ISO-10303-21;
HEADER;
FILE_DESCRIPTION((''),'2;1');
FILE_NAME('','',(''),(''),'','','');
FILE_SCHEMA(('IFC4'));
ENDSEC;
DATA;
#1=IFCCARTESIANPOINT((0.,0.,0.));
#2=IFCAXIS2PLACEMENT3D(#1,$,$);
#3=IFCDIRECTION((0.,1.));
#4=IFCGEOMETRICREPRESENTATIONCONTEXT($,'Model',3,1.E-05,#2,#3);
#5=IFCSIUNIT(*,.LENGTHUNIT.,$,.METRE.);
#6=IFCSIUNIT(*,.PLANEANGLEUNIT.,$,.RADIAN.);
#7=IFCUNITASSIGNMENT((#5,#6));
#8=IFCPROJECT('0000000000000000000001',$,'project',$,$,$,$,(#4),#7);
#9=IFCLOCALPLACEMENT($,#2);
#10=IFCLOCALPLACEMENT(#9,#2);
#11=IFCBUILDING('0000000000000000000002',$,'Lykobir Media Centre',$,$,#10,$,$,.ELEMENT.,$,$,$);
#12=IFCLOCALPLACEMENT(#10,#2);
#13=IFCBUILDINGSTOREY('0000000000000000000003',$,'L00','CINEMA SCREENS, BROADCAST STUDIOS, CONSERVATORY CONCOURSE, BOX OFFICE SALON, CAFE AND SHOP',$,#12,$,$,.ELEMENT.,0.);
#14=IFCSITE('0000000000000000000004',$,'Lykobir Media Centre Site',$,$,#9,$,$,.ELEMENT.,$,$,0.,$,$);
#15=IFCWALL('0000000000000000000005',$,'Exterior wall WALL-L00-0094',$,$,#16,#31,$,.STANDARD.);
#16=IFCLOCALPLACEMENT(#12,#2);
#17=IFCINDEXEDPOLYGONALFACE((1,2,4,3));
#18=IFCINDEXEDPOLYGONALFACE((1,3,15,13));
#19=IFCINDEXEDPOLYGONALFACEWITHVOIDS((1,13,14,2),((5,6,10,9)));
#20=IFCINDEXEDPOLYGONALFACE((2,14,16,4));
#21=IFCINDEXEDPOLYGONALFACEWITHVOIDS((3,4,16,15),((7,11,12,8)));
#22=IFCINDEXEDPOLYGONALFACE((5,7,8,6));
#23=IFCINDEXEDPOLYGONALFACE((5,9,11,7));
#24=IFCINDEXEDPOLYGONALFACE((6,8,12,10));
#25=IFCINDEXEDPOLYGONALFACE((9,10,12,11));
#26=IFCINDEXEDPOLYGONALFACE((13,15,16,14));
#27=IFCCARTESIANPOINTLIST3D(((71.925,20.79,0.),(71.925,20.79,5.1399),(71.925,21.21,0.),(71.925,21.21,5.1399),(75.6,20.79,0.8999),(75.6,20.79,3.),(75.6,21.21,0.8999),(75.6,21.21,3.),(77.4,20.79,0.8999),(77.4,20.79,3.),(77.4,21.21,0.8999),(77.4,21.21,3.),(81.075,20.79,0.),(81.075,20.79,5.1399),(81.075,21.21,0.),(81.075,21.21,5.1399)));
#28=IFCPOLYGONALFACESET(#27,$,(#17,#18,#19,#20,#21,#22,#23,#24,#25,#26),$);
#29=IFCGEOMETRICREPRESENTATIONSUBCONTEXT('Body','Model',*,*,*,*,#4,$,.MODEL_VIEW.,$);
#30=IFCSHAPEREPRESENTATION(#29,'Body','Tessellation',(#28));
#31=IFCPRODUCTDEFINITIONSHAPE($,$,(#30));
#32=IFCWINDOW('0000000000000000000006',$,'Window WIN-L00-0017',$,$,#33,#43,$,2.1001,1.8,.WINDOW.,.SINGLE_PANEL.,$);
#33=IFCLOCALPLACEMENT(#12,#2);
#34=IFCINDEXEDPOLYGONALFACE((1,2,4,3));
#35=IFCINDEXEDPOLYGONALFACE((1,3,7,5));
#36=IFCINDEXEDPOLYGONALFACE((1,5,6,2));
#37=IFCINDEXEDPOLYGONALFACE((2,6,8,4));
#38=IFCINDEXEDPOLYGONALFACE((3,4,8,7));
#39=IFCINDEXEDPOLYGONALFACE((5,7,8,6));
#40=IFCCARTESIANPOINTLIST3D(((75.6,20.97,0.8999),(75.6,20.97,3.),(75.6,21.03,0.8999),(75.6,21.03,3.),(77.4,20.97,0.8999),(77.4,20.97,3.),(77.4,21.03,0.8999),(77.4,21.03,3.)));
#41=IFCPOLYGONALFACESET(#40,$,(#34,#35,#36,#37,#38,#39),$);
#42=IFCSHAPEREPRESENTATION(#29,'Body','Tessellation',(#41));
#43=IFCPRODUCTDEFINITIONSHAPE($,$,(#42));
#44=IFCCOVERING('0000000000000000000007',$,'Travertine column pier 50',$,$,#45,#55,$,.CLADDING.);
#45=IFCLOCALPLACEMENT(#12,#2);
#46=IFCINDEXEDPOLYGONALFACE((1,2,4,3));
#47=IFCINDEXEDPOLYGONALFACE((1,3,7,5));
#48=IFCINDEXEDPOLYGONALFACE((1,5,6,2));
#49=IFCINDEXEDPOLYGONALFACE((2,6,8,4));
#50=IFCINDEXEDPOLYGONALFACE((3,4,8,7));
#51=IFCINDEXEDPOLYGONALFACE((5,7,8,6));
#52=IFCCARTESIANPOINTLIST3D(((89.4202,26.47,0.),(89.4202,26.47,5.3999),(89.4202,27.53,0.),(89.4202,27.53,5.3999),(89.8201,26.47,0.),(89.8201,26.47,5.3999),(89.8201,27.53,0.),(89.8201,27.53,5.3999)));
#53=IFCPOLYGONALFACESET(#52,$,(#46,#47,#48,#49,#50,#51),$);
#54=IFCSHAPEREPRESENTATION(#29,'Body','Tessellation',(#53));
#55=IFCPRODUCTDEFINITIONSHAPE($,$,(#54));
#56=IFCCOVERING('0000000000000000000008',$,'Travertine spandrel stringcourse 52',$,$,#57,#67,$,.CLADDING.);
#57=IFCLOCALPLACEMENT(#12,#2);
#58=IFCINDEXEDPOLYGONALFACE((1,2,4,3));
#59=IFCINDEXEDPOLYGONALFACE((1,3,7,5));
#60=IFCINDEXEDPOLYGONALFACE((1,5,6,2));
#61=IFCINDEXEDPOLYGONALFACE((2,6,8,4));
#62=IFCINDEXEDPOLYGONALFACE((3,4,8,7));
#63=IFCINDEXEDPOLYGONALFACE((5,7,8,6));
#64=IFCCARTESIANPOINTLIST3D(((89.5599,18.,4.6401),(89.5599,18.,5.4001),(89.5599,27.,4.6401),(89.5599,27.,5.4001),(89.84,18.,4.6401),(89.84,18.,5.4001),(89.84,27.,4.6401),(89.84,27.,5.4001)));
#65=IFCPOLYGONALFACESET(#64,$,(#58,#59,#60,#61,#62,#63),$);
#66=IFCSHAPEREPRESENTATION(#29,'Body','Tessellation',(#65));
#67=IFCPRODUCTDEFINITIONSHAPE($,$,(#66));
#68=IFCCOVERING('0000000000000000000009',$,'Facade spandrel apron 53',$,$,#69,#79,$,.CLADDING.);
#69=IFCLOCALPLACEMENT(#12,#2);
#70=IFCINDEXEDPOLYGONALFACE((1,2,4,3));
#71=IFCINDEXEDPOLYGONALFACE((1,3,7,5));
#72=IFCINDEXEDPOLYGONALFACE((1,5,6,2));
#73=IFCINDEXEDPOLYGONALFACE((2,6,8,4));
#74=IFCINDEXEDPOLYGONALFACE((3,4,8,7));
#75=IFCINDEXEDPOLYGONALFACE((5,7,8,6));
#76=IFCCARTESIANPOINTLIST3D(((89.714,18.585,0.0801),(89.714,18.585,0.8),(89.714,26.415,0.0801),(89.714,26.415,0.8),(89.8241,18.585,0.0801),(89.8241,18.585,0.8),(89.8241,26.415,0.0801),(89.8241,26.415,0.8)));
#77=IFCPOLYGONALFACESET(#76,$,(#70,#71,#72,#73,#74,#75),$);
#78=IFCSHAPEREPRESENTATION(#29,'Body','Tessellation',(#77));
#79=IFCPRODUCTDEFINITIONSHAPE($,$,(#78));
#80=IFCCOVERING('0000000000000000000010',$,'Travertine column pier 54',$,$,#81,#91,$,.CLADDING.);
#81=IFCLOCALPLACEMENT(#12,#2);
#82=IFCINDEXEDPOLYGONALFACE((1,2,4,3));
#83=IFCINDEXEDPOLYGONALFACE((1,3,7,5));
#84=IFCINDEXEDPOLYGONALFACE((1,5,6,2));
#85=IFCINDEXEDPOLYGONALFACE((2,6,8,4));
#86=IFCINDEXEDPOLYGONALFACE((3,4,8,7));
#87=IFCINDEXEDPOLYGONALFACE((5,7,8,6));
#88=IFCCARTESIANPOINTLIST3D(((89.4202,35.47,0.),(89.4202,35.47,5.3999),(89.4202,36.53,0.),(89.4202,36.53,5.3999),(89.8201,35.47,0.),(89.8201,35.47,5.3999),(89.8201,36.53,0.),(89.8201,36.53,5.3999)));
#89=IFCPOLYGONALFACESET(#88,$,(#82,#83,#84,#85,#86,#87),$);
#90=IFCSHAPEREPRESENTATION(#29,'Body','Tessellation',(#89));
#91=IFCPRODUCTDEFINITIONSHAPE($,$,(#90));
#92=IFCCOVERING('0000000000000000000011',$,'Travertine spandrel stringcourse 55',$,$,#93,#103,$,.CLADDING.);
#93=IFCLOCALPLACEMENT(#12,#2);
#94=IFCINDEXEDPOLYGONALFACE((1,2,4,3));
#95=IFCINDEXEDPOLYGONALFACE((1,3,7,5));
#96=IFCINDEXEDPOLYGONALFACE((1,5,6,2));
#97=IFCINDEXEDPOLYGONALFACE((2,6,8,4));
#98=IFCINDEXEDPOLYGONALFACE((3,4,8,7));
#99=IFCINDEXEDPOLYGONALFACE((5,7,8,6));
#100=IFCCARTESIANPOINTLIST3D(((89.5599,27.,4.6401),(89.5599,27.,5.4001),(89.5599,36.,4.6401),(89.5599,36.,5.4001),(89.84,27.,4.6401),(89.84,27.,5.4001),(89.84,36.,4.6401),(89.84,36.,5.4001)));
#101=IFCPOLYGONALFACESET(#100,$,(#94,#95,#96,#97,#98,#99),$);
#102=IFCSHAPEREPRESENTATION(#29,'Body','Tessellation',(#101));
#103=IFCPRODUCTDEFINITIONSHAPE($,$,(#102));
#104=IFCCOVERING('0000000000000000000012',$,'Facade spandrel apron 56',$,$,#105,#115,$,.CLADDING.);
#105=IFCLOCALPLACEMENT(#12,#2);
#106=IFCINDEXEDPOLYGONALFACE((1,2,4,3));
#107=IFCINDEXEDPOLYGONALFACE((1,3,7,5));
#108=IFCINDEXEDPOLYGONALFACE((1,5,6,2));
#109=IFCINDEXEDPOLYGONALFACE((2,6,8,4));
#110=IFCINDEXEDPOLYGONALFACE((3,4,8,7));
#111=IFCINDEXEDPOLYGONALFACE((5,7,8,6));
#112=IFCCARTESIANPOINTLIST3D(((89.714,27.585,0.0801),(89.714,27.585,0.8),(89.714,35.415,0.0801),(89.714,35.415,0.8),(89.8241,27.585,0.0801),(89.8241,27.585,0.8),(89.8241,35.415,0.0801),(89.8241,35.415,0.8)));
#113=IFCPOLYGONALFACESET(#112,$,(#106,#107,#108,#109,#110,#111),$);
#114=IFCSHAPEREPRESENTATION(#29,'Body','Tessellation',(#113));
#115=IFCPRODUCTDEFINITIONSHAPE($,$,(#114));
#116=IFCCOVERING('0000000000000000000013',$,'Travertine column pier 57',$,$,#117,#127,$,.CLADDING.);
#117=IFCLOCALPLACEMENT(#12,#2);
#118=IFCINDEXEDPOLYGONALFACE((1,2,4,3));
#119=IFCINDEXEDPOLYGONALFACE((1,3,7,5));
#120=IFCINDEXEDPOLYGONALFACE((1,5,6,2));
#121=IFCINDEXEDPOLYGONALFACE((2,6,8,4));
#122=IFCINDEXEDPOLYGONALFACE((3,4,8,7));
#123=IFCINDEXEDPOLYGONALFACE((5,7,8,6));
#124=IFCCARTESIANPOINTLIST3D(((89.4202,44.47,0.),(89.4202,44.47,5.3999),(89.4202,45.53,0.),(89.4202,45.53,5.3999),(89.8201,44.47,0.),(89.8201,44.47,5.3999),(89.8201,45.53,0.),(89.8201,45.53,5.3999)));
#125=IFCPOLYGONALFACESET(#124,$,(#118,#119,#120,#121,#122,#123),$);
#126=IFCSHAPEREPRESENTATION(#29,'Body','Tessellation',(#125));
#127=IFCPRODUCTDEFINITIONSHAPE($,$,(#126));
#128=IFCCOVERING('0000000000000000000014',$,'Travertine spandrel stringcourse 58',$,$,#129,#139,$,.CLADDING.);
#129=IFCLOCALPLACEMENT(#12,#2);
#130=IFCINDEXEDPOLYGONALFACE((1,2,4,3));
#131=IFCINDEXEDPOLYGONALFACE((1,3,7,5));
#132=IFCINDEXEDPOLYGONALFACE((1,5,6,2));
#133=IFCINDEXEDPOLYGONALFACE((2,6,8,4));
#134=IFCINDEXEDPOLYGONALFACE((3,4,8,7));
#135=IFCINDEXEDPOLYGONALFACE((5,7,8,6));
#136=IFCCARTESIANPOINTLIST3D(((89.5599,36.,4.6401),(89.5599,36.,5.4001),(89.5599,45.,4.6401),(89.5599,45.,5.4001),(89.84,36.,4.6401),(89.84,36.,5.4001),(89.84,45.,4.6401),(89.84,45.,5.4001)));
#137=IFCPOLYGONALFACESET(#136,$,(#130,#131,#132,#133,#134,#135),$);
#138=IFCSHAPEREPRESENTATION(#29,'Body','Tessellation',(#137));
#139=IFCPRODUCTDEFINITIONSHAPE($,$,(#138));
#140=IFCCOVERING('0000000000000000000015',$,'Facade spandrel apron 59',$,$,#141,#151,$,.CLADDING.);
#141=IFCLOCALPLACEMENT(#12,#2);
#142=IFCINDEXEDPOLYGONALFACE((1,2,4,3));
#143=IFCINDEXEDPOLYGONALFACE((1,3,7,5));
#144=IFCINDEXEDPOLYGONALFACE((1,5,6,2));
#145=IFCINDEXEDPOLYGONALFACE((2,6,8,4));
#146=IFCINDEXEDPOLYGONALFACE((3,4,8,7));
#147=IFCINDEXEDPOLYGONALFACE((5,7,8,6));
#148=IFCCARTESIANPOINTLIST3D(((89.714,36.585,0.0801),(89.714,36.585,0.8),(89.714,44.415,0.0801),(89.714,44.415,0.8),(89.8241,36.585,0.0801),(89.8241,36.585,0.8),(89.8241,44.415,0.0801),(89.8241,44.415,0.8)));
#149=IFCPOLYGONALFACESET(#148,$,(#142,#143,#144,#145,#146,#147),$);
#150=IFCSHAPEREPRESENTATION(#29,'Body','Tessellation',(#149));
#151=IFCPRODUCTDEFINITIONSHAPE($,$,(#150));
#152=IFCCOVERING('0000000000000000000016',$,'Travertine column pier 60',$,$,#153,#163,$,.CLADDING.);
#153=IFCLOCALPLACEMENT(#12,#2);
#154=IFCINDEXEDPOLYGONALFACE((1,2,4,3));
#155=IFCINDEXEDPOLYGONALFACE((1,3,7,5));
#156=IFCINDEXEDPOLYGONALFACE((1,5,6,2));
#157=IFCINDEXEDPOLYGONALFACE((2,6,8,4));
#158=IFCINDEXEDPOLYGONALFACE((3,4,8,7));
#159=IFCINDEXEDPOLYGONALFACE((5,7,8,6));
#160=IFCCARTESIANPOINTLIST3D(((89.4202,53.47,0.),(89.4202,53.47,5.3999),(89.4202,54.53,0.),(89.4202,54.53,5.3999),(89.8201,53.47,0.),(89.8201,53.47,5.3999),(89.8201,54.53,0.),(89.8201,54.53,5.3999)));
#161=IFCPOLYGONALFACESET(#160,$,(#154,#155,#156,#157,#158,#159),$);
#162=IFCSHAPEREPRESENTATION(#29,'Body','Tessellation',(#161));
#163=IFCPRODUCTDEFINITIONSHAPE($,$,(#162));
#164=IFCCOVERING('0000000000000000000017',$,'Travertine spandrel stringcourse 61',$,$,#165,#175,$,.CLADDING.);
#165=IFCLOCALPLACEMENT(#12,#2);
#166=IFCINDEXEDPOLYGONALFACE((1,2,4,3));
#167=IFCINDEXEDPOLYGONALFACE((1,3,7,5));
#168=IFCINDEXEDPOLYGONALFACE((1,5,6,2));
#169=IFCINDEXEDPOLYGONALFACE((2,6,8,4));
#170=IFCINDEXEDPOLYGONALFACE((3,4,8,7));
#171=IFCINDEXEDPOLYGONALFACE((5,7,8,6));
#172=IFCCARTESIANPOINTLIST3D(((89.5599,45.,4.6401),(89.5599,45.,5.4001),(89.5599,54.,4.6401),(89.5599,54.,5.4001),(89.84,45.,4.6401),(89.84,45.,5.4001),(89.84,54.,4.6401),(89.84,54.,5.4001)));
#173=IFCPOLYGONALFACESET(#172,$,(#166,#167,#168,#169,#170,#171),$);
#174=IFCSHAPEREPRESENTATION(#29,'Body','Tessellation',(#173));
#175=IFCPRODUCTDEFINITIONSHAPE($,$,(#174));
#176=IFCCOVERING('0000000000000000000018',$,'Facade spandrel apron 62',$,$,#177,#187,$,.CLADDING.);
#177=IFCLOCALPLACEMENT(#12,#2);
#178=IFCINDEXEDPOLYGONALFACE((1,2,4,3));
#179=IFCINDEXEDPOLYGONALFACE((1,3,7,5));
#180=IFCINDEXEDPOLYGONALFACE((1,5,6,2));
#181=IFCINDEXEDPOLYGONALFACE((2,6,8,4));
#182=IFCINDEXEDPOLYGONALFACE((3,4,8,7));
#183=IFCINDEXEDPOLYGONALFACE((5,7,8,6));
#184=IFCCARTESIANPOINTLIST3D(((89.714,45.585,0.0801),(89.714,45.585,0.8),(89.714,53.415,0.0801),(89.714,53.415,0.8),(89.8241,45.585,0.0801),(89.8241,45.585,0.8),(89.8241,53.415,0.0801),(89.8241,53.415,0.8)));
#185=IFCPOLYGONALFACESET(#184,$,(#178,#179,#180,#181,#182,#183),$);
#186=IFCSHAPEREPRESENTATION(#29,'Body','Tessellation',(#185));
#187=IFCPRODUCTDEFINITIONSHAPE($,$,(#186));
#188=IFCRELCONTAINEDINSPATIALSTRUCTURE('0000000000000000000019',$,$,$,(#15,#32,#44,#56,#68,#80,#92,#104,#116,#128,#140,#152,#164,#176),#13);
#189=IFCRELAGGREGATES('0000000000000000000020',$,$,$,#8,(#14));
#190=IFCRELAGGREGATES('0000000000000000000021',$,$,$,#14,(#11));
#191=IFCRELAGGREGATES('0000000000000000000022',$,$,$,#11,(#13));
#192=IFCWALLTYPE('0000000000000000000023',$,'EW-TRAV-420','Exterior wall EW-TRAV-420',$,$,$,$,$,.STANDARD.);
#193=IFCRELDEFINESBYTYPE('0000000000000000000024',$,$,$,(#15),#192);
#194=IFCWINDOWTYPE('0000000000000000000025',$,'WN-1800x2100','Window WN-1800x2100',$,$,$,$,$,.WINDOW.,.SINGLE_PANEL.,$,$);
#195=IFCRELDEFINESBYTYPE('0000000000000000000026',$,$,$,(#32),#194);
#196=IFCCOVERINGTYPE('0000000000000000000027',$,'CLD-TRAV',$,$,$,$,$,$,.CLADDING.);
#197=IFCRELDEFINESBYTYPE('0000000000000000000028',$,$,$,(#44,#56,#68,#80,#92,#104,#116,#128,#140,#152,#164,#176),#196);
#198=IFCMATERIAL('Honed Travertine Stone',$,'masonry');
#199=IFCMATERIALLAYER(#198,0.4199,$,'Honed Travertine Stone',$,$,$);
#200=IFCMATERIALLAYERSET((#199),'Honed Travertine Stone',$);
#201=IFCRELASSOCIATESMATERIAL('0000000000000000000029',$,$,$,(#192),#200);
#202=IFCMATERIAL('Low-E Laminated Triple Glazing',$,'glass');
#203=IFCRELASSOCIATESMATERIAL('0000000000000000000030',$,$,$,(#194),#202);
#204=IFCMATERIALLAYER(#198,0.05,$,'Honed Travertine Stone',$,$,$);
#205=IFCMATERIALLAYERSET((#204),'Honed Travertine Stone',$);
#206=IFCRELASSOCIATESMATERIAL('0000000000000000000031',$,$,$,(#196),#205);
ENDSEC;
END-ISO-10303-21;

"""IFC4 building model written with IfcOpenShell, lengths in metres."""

from ifc_helpers import new_model, si_unit, direction, frame, frame_2d, origin, origin_2d, place, context, subcontext, project, spatial, rectangle, extrude, material, layer, layer_set, type_object, element, fill, save


model = new_model("IFC4")

# Units and contexts
model_context = context("Model", 3, precision=1e-05, world=origin(), true_north=direction((0.0, 1.0)))
body_context = subcontext(model_context, "Body", "Model", "MODEL_VIEW")
ifc_project = project(units=[si_unit("LENGTHUNIT", "METRE"), si_unit("PLANEANGLEUNIT", "RADIAN")], contexts=[model_context])

# Site, building, storey
site_placement = place(None, origin())
site = spatial("IfcSite", under=ifc_project, at=site_placement, Name="Lykobir Media Centre Site", CompositionType="ELEMENT", RefElevation=0.0)
building_placement = place(site_placement, origin())
building = spatial("IfcBuilding", under=site, at=building_placement, Name="Lykobir Media Centre", CompositionType="ELEMENT")
storey_placement = place(building_placement, origin())
storey = spatial("IfcBuildingStorey", under=building, at=storey_placement, Name="L00", Description="CINEMA SCREENS, BROADCAST STUDIOS, CONSERVATORY CONCOURSE, BOX OFFICE SALON, CAFE AND SHOP", CompositionType="ELEMENT", Elevation=0.0)

# Shared definitions
ifc_material_1 = material(Name="Low-E Laminated Triple Glazing", Category="glass")

# Shared definitions
ifc_material_2 = material(Name="Honed Travertine Stone", Category="masonry")
ifc_layer_1 = layer(ifc_material_2, 0.4199, Name="Honed Travertine Stone")
ifc_layer_set_1 = layer_set([ifc_layer_1], Name="Honed Travertine Stone")
wall_type = type_object("IfcWallType", Name="EW-TRAV-420", Description="Exterior wall EW-TRAV-420", PredefinedType="STANDARD", material=ifc_layer_set_1)

# Wall, opening, window
wall_1_placement = place(storey_placement, frame((81.075, 21.0, 0.0), z_axis=(0.0, 0.0, 1.0), x_axis=(-1.0, 0.0, 0.0)))
wall_1 = element("IfcWall", 1, at=wall_1_placement, inside=storey, type_object=wall_type, Name="Exterior wall WALL-L00-0094", PredefinedType="STANDARD", context=body_context, shape_type="SweptSolid", body=[
    extrude(rectangle(XDim=9.1499, YDim=0.4199, at=frame_2d((4.575, 0.0))), origin(), (0.0, 0.0, 1.0), 5.1399),
])
opening_1_placement = place(wall_1_placement, frame((3.675, 0.0, 0.8999)))
opening_1 = element("IfcOpeningElement", 2, at=opening_1_placement, cuts=wall_1, PredefinedType="OPENING", context=body_context, shape_type="SweptSolid", body=[
    extrude(rectangle(XDim=1.8, YDim=2.1001, at=frame_2d((0.8999, 1.05))), frame((0.0, 0.22, 0.0), z_axis=(0.0, -1.0, 0.0), x_axis=(1.0, 0.0, 0.0)), (0.0, 0.0, 1.0), 0.4399),
])
window_type = type_object("IfcWindowType", Name="WN-1800x2100", Description="Window WN-1800x2100", PartitioningType="SINGLE_PANEL", PredefinedType="WINDOW", material=ifc_material_1)
window_placement = place(opening_1_placement, origin())
window = element("IfcWindow", 3, at=window_placement, inside=storey, type_object=window_type, Name="Window WIN-L00-0017", OverallHeight=2.1001, OverallWidth=1.8, PartitioningType="SINGLE_PANEL", PredefinedType="WINDOW", context=body_context, shape_type="SweptSolid", body=[
    extrude(rectangle(XDim=1.8, YDim=2.1001, at=frame_2d((0.8999, 1.05))), frame((0.0, 0.03, 0.0), z_axis=(0.0, -1.0, 0.0), x_axis=(1.0, 0.0, 0.0)), (0.0, 0.0, 1.0), 0.0601),
])
fill(opening_1, window)

# Coverings
ifc_layer_2 = layer(ifc_material_2, 0.05, Name="Honed Travertine Stone")
ifc_layer_set_2 = layer_set([ifc_layer_2], Name="Honed Travertine Stone")
covering_type = type_object("IfcCoveringType", Name="CLD-TRAV", PredefinedType="CLADDING", material=ifc_layer_set_2)
covering_1_placement = place(storey_placement, frame((89.6201, 27.0, 0.0), z_axis=(0.0, 0.0, 1.0), x_axis=(0.0, -1.0, 0.0)))
element("IfcCovering", 4, at=covering_1_placement, inside=storey, type_object=covering_type, Name="Travertine column pier 50", PredefinedType="CLADDING", context=body_context, shape_type="SweptSolid", body=[
    extrude(rectangle(XDim=1.0601, YDim=0.3999, at=origin_2d()), origin(), (0.0, 0.0, 1.0), 5.3999),
])
covering_2_placement = place(storey_placement, frame((89.7, 22.5, 4.6401), z_axis=(0.0, 0.0, 1.0), x_axis=(0.0, -1.0, 0.0)))
element("IfcCovering", 5, at=covering_2_placement, inside=storey, type_object=covering_type, Name="Travertine spandrel stringcourse 52", PredefinedType="CLADDING", context=body_context, shape_type="SweptSolid", body=[
    extrude(rectangle(XDim=9.0, YDim=0.28, at=origin_2d()), origin(), (0.0, 0.0, 1.0), 0.76),
])
covering_3_placement = place(storey_placement, frame((89.769, 22.5, 0.0801), z_axis=(0.0, 0.0, 1.0), x_axis=(0.0, -1.0, 0.0)))
element("IfcCovering", 6, at=covering_3_placement, inside=storey, type_object=covering_type, Name="Facade spandrel apron 53", PredefinedType="CLADDING", context=body_context, shape_type="SweptSolid", body=[
    extrude(rectangle(XDim=7.8301, YDim=0.1101, at=origin_2d()), origin(), (0.0, 0.0, 1.0), 0.72),
])
covering_4_placement = place(storey_placement, frame((89.6201, 36.0, 0.0), z_axis=(0.0, 0.0, 1.0), x_axis=(0.0, -1.0, 0.0)))
element("IfcCovering", 7, at=covering_4_placement, inside=storey, type_object=covering_type, Name="Travertine column pier 54", PredefinedType="CLADDING", context=body_context, shape_type="SweptSolid", body=[
    extrude(rectangle(XDim=1.0601, YDim=0.3999, at=origin_2d()), origin(), (0.0, 0.0, 1.0), 5.3999),
])
covering_5_placement = place(storey_placement, frame((89.7, 31.5, 4.6401), z_axis=(0.0, 0.0, 1.0), x_axis=(0.0, -1.0, 0.0)))
element("IfcCovering", 8, at=covering_5_placement, inside=storey, type_object=covering_type, Name="Travertine spandrel stringcourse 55", PredefinedType="CLADDING", context=body_context, shape_type="SweptSolid", body=[
    extrude(rectangle(XDim=9.0, YDim=0.28, at=origin_2d()), origin(), (0.0, 0.0, 1.0), 0.76),
])
covering_6_placement = place(storey_placement, frame((89.769, 31.5, 0.0801), z_axis=(0.0, 0.0, 1.0), x_axis=(0.0, -1.0, 0.0)))
element("IfcCovering", 9, at=covering_6_placement, inside=storey, type_object=covering_type, Name="Facade spandrel apron 56", PredefinedType="CLADDING", context=body_context, shape_type="SweptSolid", body=[
    extrude(rectangle(XDim=7.8301, YDim=0.1101, at=origin_2d()), origin(), (0.0, 0.0, 1.0), 0.72),
])
covering_7_placement = place(storey_placement, frame((89.6201, 45.0, 0.0), z_axis=(0.0, 0.0, 1.0), x_axis=(0.0, -1.0, 0.0)))
element("IfcCovering", 10, at=covering_7_placement, inside=storey, type_object=covering_type, Name="Travertine column pier 57", PredefinedType="CLADDING", context=body_context, shape_type="SweptSolid", body=[
    extrude(rectangle(XDim=1.0601, YDim=0.3999, at=origin_2d()), origin(), (0.0, 0.0, 1.0), 5.3999),
])
covering_8_placement = place(storey_placement, frame((89.7, 40.5, 4.6401), z_axis=(0.0, 0.0, 1.0), x_axis=(0.0, -1.0, 0.0)))
element("IfcCovering", 11, at=covering_8_placement, inside=storey, type_object=covering_type, Name="Travertine spandrel stringcourse 58", PredefinedType="CLADDING", context=body_context, shape_type="SweptSolid", body=[
    extrude(rectangle(XDim=9.0, YDim=0.28, at=origin_2d()), origin(), (0.0, 0.0, 1.0), 0.76),
])
covering_9_placement = place(storey_placement, frame((89.769, 40.5, 0.0801), z_axis=(0.0, 0.0, 1.0), x_axis=(0.0, -1.0, 0.0)))
element("IfcCovering", 12, at=covering_9_placement, inside=storey, type_object=covering_type, Name="Facade spandrel apron 59", PredefinedType="CLADDING", context=body_context, shape_type="SweptSolid", body=[
    extrude(rectangle(XDim=7.8301, YDim=0.1101, at=origin_2d()), origin(), (0.0, 0.0, 1.0), 0.72),
])
covering_10_placement = place(storey_placement, frame((89.6201, 54.0, 0.0), z_axis=(0.0, 0.0, 1.0), x_axis=(0.0, -1.0, 0.0)))
element("IfcCovering", 13, at=covering_10_placement, inside=storey, type_object=covering_type, Name="Travertine column pier 60", PredefinedType="CLADDING", context=body_context, shape_type="SweptSolid", body=[
    extrude(rectangle(XDim=1.0601, YDim=0.3999, at=origin_2d()), origin(), (0.0, 0.0, 1.0), 5.3999),
])
covering_11_placement = place(storey_placement, frame((89.7, 49.5, 4.6401), z_axis=(0.0, 0.0, 1.0), x_axis=(0.0, -1.0, 0.0)))
element("IfcCovering", 14, at=covering_11_placement, inside=storey, type_object=covering_type, Name="Travertine spandrel stringcourse 61", PredefinedType="CLADDING", context=body_context, shape_type="SweptSolid", body=[
    extrude(rectangle(XDim=9.0, YDim=0.28, at=origin_2d()), origin(), (0.0, 0.0, 1.0), 0.76),
])
covering_12_placement = place(storey_placement, frame((89.769, 49.5, 0.0801), z_axis=(0.0, 0.0, 1.0), x_axis=(0.0, -1.0, 0.0)))
element("IfcCovering", 15, at=covering_12_placement, inside=storey, type_object=covering_type, Name="Facade spandrel apron 62", PredefinedType="CLADDING", context=body_context, shape_type="SweptSolid", body=[
    extrude(rectangle(XDim=7.8301, YDim=0.1101, at=origin_2d()), origin(), (0.0, 0.0, 1.0), 0.72),
])

save(model, "model.ifc")
